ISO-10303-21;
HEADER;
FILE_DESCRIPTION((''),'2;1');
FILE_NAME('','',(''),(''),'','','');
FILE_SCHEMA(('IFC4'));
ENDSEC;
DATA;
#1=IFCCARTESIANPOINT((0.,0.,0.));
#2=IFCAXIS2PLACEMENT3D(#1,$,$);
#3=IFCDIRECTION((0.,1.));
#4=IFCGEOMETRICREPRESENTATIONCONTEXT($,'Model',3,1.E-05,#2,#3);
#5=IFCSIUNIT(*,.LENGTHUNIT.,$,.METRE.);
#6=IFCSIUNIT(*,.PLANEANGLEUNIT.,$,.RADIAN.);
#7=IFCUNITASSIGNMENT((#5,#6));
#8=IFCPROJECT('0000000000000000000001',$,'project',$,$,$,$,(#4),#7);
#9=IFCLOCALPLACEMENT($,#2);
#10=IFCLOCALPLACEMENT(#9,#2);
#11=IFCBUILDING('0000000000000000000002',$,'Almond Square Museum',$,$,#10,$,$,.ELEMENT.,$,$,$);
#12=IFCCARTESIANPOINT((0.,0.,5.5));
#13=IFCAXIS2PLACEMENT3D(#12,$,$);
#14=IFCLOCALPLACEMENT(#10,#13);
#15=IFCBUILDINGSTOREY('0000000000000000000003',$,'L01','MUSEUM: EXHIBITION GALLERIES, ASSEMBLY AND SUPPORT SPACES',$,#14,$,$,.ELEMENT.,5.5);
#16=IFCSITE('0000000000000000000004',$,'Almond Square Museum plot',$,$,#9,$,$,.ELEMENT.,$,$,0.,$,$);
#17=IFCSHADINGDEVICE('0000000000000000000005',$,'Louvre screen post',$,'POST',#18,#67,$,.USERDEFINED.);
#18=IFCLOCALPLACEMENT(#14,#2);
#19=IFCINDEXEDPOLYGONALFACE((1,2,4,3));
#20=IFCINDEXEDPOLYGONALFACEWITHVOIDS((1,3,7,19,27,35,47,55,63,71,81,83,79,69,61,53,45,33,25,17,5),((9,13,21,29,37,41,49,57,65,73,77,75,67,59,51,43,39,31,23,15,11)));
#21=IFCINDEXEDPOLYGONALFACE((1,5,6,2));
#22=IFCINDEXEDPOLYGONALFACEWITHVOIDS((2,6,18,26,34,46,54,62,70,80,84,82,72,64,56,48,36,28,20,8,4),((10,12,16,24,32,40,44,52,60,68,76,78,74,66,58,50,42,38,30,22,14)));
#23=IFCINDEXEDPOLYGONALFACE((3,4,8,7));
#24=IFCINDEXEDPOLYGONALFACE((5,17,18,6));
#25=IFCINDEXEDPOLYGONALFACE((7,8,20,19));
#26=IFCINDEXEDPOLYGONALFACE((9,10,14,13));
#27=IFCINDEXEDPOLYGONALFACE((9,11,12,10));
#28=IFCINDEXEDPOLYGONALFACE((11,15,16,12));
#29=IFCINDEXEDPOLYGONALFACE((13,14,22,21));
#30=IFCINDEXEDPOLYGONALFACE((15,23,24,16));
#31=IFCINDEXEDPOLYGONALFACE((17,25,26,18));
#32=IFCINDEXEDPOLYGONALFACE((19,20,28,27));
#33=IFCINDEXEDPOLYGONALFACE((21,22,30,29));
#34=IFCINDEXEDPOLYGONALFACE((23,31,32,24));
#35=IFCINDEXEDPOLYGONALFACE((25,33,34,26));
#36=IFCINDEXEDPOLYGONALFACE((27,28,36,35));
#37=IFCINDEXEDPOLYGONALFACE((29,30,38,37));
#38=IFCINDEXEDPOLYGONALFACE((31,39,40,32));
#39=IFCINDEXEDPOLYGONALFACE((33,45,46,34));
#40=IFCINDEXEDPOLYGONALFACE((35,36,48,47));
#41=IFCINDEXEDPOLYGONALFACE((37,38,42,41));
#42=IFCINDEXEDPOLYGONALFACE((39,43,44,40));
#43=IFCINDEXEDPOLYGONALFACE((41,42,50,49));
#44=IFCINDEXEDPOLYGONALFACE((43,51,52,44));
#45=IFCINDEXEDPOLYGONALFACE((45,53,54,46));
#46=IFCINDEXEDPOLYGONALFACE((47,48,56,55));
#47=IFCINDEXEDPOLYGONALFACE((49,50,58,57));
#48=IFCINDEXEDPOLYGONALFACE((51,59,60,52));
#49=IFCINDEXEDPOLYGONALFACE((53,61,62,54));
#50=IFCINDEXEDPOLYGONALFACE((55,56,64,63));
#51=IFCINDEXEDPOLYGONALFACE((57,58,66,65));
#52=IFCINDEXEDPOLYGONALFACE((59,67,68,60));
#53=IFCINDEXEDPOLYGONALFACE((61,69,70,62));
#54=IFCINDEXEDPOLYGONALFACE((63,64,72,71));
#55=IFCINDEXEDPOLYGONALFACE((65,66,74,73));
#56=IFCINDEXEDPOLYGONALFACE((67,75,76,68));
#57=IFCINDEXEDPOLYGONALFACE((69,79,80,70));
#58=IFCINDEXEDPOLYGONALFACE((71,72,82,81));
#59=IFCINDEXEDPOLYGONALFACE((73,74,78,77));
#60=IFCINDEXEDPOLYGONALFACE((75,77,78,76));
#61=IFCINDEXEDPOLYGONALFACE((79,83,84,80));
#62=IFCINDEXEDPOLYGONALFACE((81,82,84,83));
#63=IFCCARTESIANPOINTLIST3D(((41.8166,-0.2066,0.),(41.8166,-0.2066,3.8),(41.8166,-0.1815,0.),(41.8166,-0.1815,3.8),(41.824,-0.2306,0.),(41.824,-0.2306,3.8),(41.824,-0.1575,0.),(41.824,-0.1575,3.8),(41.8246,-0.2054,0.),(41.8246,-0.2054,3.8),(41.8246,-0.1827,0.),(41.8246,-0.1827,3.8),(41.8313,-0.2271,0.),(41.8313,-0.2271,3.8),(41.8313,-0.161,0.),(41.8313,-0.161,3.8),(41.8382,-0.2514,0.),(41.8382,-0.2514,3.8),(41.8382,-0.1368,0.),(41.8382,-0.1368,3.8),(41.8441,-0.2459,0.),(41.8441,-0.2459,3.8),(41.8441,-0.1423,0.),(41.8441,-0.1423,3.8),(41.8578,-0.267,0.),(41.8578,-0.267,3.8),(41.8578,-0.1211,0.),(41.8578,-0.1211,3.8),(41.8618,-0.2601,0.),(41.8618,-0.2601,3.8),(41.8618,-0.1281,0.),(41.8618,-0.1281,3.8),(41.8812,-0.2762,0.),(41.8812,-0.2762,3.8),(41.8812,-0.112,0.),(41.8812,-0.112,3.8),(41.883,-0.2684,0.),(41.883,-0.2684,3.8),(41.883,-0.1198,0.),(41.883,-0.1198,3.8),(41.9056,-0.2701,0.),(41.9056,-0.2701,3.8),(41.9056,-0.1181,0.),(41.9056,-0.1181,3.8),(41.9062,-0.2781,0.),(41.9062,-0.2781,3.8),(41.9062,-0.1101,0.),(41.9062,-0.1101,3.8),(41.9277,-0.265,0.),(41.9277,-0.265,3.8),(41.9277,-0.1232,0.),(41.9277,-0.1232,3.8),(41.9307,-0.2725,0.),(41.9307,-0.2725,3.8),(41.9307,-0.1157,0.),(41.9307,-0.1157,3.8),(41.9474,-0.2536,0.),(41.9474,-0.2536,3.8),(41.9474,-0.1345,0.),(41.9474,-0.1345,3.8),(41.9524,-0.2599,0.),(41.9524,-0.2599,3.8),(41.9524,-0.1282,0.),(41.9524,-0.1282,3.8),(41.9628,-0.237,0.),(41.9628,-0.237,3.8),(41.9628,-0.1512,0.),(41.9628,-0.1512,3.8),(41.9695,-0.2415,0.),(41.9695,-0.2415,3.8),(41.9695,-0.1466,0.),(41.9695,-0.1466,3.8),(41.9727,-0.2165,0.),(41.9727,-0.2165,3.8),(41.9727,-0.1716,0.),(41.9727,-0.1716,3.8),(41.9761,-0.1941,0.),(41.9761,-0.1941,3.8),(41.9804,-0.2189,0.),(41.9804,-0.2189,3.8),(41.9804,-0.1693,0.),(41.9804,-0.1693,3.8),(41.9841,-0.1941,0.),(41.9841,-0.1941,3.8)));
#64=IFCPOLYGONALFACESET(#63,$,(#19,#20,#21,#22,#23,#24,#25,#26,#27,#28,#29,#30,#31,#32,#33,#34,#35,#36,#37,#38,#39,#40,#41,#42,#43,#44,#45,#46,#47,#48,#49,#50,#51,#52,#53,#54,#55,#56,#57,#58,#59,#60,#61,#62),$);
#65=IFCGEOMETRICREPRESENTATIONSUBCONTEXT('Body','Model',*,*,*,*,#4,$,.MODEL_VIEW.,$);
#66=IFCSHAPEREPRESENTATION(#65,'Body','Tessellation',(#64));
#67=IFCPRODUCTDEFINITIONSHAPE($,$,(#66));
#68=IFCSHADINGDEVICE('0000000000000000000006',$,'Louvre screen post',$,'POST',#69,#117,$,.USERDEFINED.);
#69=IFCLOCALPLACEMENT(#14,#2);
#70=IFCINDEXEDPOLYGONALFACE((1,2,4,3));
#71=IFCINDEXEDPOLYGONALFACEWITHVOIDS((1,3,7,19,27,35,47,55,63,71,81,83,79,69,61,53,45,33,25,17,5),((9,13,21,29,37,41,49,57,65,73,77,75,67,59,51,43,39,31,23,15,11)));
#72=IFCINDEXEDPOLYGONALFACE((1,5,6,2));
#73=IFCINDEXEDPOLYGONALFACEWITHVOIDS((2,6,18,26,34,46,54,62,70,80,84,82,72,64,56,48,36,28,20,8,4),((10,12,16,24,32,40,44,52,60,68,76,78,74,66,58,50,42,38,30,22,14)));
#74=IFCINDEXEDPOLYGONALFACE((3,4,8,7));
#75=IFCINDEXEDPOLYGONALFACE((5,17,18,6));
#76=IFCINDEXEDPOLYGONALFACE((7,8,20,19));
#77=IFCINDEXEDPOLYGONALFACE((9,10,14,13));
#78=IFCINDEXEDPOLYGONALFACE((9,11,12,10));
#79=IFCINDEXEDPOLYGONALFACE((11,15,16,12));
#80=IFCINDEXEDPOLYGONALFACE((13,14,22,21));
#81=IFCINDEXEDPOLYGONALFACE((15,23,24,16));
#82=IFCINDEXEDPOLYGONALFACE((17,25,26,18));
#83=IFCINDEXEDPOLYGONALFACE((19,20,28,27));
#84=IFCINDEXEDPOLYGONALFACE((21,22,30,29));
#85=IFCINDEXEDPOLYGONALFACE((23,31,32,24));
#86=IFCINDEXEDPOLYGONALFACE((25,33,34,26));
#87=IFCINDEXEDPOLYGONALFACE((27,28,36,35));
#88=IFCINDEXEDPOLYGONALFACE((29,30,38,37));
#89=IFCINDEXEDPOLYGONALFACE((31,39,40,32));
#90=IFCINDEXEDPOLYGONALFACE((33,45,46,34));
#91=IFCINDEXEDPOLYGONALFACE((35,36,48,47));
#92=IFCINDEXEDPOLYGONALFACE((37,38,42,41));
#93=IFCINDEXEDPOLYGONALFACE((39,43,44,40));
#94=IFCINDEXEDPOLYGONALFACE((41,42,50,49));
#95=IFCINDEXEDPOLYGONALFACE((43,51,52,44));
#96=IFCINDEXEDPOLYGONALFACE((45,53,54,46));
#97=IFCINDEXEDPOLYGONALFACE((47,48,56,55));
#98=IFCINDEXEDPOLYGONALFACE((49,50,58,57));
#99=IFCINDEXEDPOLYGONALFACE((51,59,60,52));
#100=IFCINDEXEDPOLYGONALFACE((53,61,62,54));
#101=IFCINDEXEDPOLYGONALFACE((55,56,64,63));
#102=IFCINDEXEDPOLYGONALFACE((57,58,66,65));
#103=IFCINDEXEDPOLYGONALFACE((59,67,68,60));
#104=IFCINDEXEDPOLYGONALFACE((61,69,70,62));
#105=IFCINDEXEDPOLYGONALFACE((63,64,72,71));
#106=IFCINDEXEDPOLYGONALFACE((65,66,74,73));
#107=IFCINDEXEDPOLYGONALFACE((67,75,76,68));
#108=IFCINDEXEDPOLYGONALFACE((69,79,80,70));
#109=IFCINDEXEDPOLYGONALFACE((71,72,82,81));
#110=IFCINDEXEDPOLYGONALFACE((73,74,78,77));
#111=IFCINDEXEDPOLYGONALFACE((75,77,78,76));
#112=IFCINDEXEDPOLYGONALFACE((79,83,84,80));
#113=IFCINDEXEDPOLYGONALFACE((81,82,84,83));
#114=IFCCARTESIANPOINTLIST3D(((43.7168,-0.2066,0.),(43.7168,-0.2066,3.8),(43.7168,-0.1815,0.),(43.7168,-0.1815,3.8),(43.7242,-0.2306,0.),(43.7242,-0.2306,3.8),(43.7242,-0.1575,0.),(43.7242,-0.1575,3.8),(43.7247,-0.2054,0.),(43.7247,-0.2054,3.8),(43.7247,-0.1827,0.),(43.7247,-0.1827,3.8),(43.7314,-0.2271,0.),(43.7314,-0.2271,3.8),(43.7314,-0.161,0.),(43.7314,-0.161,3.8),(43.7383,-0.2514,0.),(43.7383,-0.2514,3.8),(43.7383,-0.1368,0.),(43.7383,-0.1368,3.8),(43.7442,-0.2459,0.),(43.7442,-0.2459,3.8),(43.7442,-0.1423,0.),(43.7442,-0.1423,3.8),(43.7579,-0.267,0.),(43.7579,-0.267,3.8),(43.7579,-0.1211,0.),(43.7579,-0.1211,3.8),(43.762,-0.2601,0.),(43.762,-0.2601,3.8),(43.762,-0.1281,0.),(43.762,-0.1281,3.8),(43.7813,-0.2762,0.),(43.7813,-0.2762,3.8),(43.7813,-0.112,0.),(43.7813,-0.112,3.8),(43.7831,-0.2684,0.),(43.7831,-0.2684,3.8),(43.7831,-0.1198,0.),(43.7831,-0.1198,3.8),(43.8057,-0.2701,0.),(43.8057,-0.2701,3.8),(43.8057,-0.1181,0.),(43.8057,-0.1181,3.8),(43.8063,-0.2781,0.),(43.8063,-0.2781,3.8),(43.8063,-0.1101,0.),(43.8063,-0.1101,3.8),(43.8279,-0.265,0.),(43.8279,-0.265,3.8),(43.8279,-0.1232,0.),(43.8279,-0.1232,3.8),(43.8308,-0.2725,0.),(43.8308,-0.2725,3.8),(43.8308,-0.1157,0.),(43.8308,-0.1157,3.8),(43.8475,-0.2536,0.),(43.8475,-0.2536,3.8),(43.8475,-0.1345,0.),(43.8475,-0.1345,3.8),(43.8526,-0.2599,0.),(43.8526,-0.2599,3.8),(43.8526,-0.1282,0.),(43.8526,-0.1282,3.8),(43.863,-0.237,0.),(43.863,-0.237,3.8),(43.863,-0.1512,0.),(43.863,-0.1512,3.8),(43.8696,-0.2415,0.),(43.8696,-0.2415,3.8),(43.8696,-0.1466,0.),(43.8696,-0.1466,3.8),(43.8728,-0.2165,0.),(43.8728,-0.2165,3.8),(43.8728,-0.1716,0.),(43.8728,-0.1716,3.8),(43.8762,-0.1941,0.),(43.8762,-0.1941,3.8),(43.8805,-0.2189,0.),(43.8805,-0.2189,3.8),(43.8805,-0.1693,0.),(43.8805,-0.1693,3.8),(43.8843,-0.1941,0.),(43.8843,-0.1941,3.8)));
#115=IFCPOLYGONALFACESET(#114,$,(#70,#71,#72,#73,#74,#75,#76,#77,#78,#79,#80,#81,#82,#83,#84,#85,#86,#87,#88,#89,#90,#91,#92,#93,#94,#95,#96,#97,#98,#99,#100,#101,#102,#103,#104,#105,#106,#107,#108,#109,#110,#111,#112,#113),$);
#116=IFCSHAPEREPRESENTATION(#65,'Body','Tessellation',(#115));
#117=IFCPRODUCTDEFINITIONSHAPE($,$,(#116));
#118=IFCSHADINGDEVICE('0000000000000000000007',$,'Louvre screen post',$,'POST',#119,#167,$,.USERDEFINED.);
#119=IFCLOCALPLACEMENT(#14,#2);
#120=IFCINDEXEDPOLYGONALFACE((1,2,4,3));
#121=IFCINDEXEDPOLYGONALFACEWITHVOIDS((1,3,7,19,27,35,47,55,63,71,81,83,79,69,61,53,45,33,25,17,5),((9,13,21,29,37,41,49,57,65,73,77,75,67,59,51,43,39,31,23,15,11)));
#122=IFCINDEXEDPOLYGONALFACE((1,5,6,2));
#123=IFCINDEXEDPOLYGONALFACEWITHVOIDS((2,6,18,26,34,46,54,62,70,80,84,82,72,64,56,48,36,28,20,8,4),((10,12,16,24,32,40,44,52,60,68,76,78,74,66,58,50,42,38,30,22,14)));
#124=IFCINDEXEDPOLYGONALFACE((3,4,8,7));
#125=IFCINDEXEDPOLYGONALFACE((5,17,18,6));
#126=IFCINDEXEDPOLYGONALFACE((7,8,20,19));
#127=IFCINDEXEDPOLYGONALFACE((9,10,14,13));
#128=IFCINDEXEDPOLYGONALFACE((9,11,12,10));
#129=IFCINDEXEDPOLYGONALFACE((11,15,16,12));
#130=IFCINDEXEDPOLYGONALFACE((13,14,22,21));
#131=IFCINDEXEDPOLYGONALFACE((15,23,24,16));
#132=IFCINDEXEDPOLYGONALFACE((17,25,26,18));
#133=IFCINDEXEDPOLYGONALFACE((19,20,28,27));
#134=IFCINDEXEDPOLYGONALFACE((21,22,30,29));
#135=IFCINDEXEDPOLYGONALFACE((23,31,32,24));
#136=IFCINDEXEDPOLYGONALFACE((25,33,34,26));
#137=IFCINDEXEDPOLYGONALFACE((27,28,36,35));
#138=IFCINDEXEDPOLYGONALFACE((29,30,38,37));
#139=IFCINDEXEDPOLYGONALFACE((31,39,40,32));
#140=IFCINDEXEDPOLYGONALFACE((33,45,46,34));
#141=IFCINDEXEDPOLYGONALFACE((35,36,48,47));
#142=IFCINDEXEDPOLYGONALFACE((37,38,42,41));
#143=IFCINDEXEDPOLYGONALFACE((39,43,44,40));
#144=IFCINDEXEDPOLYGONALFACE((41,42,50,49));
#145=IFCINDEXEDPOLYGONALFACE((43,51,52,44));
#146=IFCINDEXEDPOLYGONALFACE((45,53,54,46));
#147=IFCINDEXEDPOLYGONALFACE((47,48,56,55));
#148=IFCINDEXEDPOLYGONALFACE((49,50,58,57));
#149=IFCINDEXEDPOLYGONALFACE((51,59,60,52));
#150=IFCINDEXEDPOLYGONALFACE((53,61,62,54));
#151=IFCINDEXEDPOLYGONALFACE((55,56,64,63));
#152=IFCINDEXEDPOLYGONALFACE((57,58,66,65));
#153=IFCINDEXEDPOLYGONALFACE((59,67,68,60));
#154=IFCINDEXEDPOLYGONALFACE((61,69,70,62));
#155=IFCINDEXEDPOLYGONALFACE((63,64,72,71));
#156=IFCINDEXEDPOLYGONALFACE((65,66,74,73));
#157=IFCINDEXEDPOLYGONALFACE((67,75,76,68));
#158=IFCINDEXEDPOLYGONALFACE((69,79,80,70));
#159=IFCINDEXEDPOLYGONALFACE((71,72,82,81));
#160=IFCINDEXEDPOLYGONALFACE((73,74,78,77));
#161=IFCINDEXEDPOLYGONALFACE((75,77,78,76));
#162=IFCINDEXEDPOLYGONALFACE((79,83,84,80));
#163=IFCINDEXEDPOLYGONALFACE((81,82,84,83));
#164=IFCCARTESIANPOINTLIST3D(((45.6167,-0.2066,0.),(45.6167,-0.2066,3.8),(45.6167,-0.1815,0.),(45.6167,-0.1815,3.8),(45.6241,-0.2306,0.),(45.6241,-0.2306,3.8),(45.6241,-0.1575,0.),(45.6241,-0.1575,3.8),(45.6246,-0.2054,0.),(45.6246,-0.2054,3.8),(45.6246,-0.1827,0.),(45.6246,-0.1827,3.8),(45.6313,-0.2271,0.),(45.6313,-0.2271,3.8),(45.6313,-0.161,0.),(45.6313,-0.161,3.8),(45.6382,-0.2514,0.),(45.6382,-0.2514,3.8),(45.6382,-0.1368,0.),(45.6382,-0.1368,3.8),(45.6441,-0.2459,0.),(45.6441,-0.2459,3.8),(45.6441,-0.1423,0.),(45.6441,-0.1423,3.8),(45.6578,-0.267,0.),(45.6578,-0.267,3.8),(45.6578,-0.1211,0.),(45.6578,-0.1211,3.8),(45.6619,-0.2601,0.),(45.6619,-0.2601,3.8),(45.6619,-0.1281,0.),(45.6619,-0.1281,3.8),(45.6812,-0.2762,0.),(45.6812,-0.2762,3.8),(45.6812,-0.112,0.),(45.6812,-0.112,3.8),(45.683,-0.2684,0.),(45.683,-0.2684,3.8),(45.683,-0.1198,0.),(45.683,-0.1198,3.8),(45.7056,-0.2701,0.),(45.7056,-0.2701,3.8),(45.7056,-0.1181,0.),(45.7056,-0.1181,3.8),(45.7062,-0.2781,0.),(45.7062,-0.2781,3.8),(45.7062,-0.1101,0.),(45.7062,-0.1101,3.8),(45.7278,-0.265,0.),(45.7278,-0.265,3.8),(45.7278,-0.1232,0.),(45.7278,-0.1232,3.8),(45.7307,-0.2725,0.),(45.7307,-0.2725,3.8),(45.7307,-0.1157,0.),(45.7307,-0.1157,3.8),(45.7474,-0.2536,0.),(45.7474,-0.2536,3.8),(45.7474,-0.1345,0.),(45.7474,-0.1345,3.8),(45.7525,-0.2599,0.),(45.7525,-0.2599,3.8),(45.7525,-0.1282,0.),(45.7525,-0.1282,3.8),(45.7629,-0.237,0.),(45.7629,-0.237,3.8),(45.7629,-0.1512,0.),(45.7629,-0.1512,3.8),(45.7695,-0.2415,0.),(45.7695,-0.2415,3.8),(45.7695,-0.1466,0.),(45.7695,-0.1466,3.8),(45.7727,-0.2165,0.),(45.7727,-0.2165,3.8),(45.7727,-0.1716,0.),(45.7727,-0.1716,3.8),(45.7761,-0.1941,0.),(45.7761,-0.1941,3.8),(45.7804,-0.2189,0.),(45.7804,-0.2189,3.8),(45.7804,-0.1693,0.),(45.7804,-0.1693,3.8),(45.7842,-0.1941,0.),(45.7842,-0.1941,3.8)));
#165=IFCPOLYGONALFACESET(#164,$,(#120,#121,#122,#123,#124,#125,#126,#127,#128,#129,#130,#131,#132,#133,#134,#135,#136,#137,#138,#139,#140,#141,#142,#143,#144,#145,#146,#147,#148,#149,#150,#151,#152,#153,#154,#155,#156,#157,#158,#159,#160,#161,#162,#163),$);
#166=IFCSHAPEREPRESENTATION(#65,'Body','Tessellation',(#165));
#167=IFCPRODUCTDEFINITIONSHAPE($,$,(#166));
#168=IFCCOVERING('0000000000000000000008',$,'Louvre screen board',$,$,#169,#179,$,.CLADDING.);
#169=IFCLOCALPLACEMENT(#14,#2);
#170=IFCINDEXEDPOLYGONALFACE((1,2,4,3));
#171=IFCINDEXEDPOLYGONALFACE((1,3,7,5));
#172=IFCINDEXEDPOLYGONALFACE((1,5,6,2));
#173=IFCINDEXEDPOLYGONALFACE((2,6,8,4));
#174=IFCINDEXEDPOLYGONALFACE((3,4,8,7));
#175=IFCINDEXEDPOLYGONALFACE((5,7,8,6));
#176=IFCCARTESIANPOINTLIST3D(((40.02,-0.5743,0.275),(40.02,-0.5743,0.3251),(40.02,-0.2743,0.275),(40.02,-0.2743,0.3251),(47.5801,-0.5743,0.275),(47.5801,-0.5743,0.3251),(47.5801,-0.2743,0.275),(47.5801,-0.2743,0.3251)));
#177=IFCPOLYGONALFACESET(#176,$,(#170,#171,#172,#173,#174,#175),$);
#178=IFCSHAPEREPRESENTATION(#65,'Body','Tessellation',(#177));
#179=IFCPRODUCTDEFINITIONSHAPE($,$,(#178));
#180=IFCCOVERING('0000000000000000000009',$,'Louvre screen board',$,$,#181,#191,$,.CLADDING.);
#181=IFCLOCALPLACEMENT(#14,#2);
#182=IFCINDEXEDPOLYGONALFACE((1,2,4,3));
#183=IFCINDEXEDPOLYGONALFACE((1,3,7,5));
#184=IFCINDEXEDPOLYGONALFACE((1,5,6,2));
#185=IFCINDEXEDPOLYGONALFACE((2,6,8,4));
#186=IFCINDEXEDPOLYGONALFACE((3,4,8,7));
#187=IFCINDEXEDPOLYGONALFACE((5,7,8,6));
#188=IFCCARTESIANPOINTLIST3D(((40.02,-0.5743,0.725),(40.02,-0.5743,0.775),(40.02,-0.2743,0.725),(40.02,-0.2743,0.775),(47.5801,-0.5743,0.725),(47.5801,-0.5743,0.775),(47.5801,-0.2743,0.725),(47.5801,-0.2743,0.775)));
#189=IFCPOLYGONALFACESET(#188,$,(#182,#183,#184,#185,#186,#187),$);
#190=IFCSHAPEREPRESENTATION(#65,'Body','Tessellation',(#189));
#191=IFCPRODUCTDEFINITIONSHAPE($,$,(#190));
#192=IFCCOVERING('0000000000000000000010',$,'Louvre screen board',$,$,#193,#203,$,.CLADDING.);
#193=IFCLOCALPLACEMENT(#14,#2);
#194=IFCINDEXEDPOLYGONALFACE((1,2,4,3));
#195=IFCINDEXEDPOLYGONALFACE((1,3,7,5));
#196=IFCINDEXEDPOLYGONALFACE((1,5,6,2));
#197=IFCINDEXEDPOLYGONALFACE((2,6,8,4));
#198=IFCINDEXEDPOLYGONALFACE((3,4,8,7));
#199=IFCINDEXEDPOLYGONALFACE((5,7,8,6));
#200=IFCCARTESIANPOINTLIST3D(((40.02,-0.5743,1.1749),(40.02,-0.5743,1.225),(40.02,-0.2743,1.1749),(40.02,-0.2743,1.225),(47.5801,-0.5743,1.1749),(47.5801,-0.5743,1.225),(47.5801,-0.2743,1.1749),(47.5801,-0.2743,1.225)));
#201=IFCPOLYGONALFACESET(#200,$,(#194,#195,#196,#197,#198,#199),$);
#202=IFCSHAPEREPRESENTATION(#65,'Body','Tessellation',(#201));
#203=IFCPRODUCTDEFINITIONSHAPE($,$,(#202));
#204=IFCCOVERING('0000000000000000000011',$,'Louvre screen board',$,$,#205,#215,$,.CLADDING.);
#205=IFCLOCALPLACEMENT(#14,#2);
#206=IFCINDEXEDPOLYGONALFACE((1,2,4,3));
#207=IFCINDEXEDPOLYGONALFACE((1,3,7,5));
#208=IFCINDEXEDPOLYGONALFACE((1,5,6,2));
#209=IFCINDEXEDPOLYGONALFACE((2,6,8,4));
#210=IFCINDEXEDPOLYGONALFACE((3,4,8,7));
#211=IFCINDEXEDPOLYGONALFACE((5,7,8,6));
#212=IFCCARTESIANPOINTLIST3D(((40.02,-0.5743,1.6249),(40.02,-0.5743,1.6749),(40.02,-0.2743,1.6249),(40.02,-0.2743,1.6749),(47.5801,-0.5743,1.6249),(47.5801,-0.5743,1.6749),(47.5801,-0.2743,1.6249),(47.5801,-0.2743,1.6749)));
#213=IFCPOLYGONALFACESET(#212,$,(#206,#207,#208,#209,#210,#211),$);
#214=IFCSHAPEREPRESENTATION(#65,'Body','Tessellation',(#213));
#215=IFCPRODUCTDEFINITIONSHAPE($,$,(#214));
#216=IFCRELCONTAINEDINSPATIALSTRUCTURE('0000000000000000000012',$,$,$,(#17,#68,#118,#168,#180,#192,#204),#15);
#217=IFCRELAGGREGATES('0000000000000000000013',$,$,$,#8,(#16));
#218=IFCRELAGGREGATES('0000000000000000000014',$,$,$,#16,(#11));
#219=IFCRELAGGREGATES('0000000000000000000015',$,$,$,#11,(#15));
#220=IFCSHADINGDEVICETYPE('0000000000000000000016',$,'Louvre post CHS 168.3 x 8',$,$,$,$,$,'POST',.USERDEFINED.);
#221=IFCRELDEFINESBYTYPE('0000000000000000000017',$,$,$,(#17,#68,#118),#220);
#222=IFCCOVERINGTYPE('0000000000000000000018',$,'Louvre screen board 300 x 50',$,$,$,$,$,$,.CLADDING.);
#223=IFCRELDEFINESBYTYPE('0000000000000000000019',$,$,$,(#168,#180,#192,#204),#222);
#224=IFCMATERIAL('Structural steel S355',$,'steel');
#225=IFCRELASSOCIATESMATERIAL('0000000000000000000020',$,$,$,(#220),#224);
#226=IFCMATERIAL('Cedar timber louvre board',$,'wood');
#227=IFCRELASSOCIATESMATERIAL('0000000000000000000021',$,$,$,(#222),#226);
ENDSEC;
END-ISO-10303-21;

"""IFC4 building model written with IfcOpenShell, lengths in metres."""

from ifc_helpers import new_model, si_unit, direction, frame, origin, origin_2d, place, context, subcontext, project, spatial, rectangle, hollow_circle, extrude, material, material_profile, profile_set, type_object, element, save


model = new_model("IFC4")

# Units and contexts
model_context = context("Model", 3, precision=1e-05, world=origin(), true_north=direction((0.0, 1.0)))
body_context = subcontext(model_context, "Body", "Model", "MODEL_VIEW")
ifc_project = project(units=[si_unit("LENGTHUNIT", "METRE"), si_unit("PLANEANGLEUNIT", "RADIAN")], contexts=[model_context])

# Site, building, storey
site_placement = place(None, origin())
site = spatial("IfcSite", under=ifc_project, at=site_placement, Name="Almond Square Museum plot", CompositionType="ELEMENT", RefElevation=0.0)
building_placement = place(site_placement, origin())
building = spatial("IfcBuilding", under=site, at=building_placement, Name="Almond Square Museum", CompositionType="ELEMENT")
storey_placement = place(building_placement, frame((0.0, 0.0, 5.5)))
storey = spatial("IfcBuildingStorey", under=building, at=storey_placement, Name="L01", Description="MUSEUM: EXHIBITION GALLERIES, ASSEMBLY AND SUPPORT SPACES", CompositionType="ELEMENT", Elevation=5.5)

# Shading devices
ifc_material_1 = material(Name="Structural steel S355", Category="steel")
ifc_material_profile_1 = material_profile(ifc_material_1, hollow_circle(Radius=0.0842, WallThickness=0.0081, at=origin_2d()))
ifc_profile_set_1 = profile_set([ifc_material_profile_1], Name="Structural steel S355")
shading_device_type = type_object("IfcShadingDeviceType", Name="Louvre post CHS 168.3 x 8", ElementType="POST", PredefinedType="USERDEFINED", material=ifc_profile_set_1)
for number, where, z_axis, x_axis, name in (
    (1, (41.8999, -0.1941, 0.0), (0.0, 0.0, 1.0), (1.0, 0.0, 0.0), "Louvre screen post"),
    (2, (43.8, -0.1941, 0.0), (0.0, 0.0, 1.0), (1.0, 0.0, 0.0), "Louvre screen post"),
    (3, (45.7, -0.1941, 0.0), (0.0, 0.0, 1.0), (1.0, 0.0, 0.0), "Louvre screen post"),
):
    element("IfcShadingDevice", number, at=place(storey_placement, frame(where, z_axis=z_axis, x_axis=x_axis)), inside=storey, type_object=shading_device_type, Name=name, ObjectType="POST", PredefinedType="USERDEFINED", context=body_context, shape_type="SweptSolid", body=[
        extrude(hollow_circle(Radius=0.0842, WallThickness=0.0081, at=origin_2d()), origin(), (0.0, 0.0, 1.0), 3.8),
    ])

# Coverings
ifc_material_2 = material(Name="Cedar timber louvre board", Category="wood")
ifc_material_profile_2 = material_profile(ifc_material_2, rectangle(XDim=0.3, YDim=0.05, at=origin_2d()))
ifc_profile_set_2 = profile_set([ifc_material_profile_2], Name="Cedar timber louvre board")
covering_type = type_object("IfcCoveringType", Name="Louvre screen board 300 x 50", PredefinedType="CLADDING", material=ifc_profile_set_2)
for number, where, z_axis, x_axis, name in (
    (4, (40.02, -0.4243, 0.3), (1.0, 0.0, 0.0), (0.0, 1.0, 0.0), "Louvre screen board"),
    (5, (40.02, -0.4243, 0.75), (1.0, 0.0, 0.0), (0.0, 1.0, 0.0), "Louvre screen board"),
    (6, (40.02, -0.4243, 1.2), (1.0, 0.0, 0.0), (0.0, 1.0, 0.0), "Louvre screen board"),
    (7, (40.02, -0.4243, 1.6499), (1.0, 0.0, 0.0), (0.0, 1.0, 0.0), "Louvre screen board"),
):
    element("IfcCovering", number, at=place(storey_placement, frame(where, z_axis=z_axis, x_axis=x_axis)), inside=storey, type_object=covering_type, Name=name, PredefinedType="CLADDING", context=body_context, shape_type="SweptSolid", body=[
        extrude(rectangle(XDim=0.3, YDim=0.05, at=origin_2d()), origin(), (0.0, 0.0, 1.0), 7.5601),
    ])

save(model, "model.ifc")
